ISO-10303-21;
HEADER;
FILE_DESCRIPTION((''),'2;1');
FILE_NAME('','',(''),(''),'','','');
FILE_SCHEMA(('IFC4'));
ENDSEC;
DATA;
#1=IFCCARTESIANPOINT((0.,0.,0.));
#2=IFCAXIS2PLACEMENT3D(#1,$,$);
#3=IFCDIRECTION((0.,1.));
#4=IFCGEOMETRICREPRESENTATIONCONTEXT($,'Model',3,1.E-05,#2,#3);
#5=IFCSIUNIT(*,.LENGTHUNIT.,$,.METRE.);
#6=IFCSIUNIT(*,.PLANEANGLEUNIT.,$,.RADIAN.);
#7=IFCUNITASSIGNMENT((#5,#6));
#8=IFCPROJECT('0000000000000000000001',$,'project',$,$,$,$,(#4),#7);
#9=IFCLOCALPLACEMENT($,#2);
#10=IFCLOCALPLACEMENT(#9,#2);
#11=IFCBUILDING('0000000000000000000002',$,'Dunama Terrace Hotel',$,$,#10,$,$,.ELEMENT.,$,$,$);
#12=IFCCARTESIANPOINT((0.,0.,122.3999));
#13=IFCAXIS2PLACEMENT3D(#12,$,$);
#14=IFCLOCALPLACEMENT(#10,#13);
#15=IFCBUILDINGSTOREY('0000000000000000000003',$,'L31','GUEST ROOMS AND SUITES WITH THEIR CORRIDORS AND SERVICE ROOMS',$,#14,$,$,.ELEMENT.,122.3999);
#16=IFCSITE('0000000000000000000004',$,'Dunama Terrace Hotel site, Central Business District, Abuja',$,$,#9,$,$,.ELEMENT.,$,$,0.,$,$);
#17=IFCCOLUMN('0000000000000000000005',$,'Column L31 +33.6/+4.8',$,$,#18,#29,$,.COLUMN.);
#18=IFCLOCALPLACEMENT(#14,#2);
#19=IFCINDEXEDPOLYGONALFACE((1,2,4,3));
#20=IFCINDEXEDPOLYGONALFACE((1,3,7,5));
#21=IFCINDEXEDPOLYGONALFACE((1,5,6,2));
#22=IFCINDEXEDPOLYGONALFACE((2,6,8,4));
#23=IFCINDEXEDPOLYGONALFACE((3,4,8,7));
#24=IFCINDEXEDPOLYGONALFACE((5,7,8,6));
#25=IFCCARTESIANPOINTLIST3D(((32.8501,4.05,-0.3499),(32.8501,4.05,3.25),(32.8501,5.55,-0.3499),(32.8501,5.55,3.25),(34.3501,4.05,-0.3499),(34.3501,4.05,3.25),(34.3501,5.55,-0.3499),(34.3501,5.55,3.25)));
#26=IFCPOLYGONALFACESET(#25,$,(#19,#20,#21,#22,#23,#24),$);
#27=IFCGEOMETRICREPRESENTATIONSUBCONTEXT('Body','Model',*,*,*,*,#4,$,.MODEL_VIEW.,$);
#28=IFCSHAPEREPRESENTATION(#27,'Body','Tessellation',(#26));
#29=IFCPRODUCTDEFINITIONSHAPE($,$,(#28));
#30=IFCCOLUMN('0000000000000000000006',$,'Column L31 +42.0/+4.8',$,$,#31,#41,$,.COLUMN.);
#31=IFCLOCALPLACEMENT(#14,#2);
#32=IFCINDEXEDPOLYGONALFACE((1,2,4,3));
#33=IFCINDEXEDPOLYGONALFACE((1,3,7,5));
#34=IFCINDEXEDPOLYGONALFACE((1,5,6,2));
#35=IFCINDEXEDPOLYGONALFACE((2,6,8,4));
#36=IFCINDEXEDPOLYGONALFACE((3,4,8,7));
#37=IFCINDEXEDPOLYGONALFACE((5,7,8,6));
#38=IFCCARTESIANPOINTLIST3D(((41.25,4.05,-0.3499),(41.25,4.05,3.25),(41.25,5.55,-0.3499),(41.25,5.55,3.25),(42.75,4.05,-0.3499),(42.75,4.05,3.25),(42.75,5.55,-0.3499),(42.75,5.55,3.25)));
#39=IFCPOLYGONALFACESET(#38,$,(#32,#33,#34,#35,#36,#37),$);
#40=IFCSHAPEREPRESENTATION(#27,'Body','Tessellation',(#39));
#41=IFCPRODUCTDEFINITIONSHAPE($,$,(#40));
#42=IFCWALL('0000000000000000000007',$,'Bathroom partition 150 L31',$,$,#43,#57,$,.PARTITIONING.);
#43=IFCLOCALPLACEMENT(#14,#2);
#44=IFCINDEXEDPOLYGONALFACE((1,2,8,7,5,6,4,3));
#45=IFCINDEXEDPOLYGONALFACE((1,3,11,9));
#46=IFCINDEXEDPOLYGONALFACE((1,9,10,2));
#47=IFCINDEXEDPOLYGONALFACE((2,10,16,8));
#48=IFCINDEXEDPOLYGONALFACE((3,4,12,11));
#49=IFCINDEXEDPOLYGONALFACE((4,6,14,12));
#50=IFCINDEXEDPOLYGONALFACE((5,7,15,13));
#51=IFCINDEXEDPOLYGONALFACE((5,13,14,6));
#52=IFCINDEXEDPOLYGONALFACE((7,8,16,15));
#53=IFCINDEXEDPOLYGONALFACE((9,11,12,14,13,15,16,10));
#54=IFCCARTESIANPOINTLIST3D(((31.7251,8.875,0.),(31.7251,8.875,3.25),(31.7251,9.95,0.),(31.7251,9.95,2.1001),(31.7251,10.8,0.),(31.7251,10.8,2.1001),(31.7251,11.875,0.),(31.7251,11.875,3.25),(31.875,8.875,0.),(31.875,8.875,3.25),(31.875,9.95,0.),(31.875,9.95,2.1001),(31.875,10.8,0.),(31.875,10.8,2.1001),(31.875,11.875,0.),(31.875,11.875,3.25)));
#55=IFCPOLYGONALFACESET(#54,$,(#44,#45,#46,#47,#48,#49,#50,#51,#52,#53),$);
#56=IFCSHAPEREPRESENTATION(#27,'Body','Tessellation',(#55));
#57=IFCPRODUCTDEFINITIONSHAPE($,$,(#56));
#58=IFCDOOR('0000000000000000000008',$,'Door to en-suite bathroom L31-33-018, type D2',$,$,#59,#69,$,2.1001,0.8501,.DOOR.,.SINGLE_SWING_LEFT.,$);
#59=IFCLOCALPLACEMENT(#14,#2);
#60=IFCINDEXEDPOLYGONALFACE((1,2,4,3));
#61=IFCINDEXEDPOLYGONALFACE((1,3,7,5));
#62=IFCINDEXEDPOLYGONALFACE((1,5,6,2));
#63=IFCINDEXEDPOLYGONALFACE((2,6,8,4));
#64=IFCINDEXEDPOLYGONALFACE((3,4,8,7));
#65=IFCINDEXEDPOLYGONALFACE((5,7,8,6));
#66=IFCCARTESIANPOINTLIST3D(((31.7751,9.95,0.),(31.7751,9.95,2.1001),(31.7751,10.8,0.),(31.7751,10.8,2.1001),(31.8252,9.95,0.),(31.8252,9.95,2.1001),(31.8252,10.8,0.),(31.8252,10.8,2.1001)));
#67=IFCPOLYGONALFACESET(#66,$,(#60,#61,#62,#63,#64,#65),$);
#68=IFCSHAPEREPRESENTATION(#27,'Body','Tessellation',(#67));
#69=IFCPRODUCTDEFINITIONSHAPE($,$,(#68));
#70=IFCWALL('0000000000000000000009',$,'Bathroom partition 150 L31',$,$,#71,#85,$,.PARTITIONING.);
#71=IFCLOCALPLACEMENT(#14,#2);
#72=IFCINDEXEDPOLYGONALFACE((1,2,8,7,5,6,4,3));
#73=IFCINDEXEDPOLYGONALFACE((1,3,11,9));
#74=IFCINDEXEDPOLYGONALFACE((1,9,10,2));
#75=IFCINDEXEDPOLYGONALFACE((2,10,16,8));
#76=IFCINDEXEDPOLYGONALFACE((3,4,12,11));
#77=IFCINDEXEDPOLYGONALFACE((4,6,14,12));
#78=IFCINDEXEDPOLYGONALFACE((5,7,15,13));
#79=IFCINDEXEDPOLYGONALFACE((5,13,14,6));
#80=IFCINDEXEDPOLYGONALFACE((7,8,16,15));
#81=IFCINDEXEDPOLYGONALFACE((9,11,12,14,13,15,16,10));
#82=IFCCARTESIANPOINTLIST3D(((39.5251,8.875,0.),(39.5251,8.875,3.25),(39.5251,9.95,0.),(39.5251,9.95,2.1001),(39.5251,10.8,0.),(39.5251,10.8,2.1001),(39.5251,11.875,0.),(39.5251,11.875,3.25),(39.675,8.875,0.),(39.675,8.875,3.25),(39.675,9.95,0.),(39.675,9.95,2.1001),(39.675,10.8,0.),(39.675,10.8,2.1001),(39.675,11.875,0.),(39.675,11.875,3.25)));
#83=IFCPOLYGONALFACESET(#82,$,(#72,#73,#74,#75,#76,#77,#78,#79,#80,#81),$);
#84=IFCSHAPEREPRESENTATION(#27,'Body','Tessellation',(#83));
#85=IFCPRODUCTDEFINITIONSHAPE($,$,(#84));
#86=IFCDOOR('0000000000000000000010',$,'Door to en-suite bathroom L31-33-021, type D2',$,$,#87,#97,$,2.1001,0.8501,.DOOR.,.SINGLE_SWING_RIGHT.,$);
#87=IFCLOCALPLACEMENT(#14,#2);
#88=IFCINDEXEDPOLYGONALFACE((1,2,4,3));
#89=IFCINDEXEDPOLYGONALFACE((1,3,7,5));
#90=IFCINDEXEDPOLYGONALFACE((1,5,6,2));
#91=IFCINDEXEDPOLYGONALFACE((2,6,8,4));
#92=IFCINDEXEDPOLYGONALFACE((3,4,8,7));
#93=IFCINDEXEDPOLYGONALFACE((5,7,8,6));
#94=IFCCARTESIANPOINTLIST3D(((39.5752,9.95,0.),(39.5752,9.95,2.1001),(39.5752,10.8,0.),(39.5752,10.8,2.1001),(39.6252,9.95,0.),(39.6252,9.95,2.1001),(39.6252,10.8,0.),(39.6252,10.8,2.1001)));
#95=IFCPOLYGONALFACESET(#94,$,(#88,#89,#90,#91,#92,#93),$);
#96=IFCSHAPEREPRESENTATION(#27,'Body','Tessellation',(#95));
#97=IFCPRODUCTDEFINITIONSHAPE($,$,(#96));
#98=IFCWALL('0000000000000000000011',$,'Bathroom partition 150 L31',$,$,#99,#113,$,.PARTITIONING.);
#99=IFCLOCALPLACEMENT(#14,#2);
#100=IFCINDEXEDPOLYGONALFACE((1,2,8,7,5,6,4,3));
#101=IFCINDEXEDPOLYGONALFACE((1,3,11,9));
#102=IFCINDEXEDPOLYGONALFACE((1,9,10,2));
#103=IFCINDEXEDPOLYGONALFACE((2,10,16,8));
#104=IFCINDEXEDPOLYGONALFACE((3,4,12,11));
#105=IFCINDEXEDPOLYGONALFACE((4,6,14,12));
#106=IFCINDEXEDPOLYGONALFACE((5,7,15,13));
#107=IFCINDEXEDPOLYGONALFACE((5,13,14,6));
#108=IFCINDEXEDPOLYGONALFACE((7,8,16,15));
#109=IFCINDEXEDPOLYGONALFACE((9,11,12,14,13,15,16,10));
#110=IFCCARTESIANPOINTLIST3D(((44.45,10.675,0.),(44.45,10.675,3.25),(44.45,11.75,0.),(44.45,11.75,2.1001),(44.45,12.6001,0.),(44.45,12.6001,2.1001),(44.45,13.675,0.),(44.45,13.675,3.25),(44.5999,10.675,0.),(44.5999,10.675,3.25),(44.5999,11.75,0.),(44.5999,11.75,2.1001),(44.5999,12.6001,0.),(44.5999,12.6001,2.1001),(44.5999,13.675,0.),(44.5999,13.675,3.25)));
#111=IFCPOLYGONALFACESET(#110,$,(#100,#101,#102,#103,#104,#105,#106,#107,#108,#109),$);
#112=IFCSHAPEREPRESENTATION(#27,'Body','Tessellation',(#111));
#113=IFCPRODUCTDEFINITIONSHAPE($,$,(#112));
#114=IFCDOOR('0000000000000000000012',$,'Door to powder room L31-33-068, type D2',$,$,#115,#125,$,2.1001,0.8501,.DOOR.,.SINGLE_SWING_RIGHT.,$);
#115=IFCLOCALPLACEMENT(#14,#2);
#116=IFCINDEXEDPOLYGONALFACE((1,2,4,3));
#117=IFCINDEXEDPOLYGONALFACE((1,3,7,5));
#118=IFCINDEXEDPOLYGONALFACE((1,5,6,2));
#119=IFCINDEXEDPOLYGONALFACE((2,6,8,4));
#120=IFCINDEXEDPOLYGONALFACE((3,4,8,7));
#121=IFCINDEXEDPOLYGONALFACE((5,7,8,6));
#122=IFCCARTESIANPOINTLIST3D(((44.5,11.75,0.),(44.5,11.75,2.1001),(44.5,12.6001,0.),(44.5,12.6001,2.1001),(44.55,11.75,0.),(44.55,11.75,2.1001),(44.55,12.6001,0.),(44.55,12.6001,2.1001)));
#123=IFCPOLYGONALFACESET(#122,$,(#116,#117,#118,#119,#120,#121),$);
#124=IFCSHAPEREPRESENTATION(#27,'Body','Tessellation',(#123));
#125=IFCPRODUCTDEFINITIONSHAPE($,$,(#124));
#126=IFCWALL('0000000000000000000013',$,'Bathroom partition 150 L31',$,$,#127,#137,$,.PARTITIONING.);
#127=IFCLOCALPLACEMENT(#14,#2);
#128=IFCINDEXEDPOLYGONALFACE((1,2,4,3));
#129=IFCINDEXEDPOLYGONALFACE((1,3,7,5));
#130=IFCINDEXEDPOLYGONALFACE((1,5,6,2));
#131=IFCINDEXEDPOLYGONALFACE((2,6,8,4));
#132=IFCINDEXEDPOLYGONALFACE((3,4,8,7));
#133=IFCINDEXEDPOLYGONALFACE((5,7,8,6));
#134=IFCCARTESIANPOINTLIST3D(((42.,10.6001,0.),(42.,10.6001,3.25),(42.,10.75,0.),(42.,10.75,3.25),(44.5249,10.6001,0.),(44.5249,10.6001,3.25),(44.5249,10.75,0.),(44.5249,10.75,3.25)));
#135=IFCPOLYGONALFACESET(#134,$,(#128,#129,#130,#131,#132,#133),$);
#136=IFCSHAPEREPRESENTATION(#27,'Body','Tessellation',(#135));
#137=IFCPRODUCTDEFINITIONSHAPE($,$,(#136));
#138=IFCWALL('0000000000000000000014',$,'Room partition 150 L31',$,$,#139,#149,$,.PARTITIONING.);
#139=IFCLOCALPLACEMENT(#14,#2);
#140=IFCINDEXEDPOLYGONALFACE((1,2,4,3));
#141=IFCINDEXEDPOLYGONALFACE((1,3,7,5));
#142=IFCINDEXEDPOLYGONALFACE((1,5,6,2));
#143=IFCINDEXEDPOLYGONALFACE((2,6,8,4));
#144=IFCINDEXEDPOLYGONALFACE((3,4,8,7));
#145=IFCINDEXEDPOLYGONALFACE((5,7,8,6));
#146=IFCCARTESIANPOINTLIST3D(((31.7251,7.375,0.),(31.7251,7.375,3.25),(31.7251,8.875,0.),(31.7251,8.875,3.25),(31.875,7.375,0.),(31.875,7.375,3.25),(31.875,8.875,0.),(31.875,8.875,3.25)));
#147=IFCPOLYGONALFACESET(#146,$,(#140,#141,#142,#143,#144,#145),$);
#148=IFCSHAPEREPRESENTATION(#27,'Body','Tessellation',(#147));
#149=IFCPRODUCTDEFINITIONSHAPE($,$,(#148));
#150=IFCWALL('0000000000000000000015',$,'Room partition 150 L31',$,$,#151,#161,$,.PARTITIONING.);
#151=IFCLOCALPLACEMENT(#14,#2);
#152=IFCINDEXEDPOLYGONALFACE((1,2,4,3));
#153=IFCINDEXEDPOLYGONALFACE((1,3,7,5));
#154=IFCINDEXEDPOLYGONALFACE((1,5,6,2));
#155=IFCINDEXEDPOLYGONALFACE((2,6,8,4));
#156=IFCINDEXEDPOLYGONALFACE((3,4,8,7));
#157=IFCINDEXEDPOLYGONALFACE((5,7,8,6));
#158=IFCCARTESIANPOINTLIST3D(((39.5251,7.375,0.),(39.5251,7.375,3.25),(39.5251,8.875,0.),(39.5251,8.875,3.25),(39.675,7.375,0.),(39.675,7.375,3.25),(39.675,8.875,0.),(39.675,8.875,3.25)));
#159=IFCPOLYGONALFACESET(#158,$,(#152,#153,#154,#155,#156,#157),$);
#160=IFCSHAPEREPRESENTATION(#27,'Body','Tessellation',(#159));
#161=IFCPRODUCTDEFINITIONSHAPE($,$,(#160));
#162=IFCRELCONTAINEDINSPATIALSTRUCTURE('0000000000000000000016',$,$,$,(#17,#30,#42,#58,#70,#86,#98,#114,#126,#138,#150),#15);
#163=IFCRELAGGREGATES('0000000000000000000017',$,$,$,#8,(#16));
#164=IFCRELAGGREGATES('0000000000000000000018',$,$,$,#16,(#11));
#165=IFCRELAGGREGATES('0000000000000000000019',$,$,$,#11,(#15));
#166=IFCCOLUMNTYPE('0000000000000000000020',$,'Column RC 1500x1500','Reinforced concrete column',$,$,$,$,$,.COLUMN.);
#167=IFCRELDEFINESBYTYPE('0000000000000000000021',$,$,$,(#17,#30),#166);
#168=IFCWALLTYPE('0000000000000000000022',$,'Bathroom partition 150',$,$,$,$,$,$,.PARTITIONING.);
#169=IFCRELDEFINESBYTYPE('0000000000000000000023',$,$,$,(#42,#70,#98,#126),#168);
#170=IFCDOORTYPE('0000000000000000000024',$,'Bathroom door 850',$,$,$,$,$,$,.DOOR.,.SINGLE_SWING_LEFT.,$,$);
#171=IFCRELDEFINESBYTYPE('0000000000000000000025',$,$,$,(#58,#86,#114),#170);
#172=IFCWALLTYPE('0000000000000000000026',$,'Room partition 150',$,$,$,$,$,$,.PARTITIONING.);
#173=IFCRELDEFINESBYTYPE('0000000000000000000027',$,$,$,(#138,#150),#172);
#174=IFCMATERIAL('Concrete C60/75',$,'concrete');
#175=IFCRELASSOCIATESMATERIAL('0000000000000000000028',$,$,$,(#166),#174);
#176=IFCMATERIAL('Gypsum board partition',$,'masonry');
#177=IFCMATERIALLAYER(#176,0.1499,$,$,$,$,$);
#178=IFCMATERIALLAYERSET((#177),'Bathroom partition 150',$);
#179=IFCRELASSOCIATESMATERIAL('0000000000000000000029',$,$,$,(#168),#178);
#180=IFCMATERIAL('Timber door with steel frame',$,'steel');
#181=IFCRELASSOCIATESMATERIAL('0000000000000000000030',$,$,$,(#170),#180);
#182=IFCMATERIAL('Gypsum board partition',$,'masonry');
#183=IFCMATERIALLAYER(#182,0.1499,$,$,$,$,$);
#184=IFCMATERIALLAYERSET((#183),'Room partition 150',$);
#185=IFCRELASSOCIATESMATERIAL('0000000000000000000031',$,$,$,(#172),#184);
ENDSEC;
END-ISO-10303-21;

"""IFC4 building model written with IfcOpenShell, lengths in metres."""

from ifc_helpers import new_model, si_unit, direction, frame, frame_2d, origin, origin_2d, place, context, subcontext, project, spatial, rectangle, extrude, material, layer, layer_set, material_profile, profile_set, type_object, element, fill, save


model = new_model("IFC4")

# Units and contexts
model_context = context("Model", 3, precision=1e-05, world=origin(), true_north=direction((0.0, 1.0)))
body_context = subcontext(model_context, "Body", "Model", "MODEL_VIEW")
ifc_project = project(units=[si_unit("LENGTHUNIT", "METRE"), si_unit("PLANEANGLEUNIT", "RADIAN")], contexts=[model_context])

# Site, building, storey
site_placement = place(None, origin())
site = spatial("IfcSite", under=ifc_project, at=site_placement, Name="Dunama Terrace Hotel site, Central Business District, Abuja", CompositionType="ELEMENT", RefElevation=0.0)
building_placement = place(site_placement, origin())
building = spatial("IfcBuilding", under=site, at=building_placement, Name="Dunama Terrace Hotel", CompositionType="ELEMENT")
storey_placement = place(building_placement, frame((0.0, 0.0, 122.3999)))
storey = spatial("IfcBuildingStorey", under=building, at=storey_placement, Name="L31", Description="GUEST ROOMS AND SUITES WITH THEIR CORRIDORS AND SERVICE ROOMS", CompositionType="ELEMENT", Elevation=122.3999)

# Columns
ifc_material_1 = material(Name="Concrete C60/75", Category="concrete")
ifc_material_profile = material_profile(ifc_material_1, rectangle(XDim=1.5, YDim=1.5, at=origin_2d()), Name="RC 1500x1500")
ifc_profile_set = profile_set([ifc_material_profile], Name="Concrete C60/75")
column_type = type_object("IfcColumnType", Name="Column RC 1500x1500", Description="Reinforced concrete column", PredefinedType="COLUMN", material=ifc_profile_set)
for number, where, z_axis, x_axis, name in (
    (1, (33.6001, 4.8, -0.3499), (0.0, 0.0, 1.0), (1.0, 0.0, 0.0), "Column L31 +33.6/+4.8"),
    (2, (42.0, 4.8, -0.3499), (0.0, 0.0, 1.0), (1.0, 0.0, 0.0), "Column L31 +42.0/+4.8"),
):
    element("IfcColumn", number, at=place(storey_placement, frame(where, z_axis=z_axis, x_axis=x_axis)), inside=storey, type_object=column_type, Name=name, PredefinedType="COLUMN", context=body_context, shape_type="SweptSolid", body=[
        extrude(rectangle(XDim=1.5, YDim=1.5, at=origin_2d()), origin(), (0.0, 0.0, 1.0), 3.5999),
    ])

# Walls, openings, doors
ifc_material_2 = material(Name="Gypsum board partition", Category="masonry")
ifc_layer_1 = layer(ifc_material_2, 0.1499)
ifc_layer_set_1 = layer_set([ifc_layer_1], Name="Bathroom partition 150")
wall_type_1 = type_object("IfcWallType", Name="Bathroom partition 150", PredefinedType="PARTITIONING", material=ifc_layer_set_1)
wall_1_placement = place(storey_placement, frame((31.8, 8.875, 0.0), z_axis=(0.0, 0.0, 1.0), x_axis=(0.0, 1.0, 0.0)))
wall_1 = element("IfcWall", 3, at=wall_1_placement, inside=storey, type_object=wall_type_1, Name="Bathroom partition 150 L31", PredefinedType="PARTITIONING", context=body_context, shape_type="SweptSolid", body=[
    extrude(rectangle(XDim=3.0, YDim=0.1499, at=frame_2d((1.5, 0.0))), origin(), (0.0, 0.0, 1.0), 3.25),
])
opening_1_placement = place(wall_1_placement, frame((1.075, 0.0, 0.0)))
opening_1 = element("IfcOpeningElement", 4, at=opening_1_placement, cuts=wall_1, PredefinedType="OPENING", context=body_context, shape_type="SweptSolid", body=[
    extrude(rectangle(XDim=0.8501, YDim=2.1001, at=frame_2d((0.425, 1.05))), frame((0.0, 0.085, 0.0), z_axis=(0.0, -1.0, 0.0), x_axis=(1.0, 0.0, 0.0)), (0.0, 0.0, 1.0), 0.1699),
])
ifc_material_3 = material(Name="Timber door with steel frame", Category="steel")
door_type_1 = type_object("IfcDoorType", Name="Bathroom door 850", OperationType="SINGLE_SWING_LEFT", PredefinedType="DOOR", material=ifc_material_3)
door_1_placement = place(opening_1_placement, origin())
door_1 = element("IfcDoor", 5, at=door_1_placement, inside=storey, type_object=door_type_1, Name="Door to en-suite bathroom L31-33-018, type D2", OperationType="SINGLE_SWING_LEFT", OverallHeight=2.1001, OverallWidth=0.8501, PredefinedType="DOOR", context=body_context, shape_type="SweptSolid", body=[
    extrude(rectangle(XDim=0.8501, YDim=2.1001, at=frame_2d((0.425, 1.05))), frame((0.0, 0.0249, 0.0), z_axis=(0.0, -1.0, 0.0), x_axis=(1.0, 0.0, 0.0)), (0.0, 0.0, 1.0), 0.05),
])
fill(opening_1, door_1)
wall_2_placement = place(storey_placement, frame((39.6001, 8.875, 0.0), z_axis=(0.0, 0.0, 1.0), x_axis=(0.0, 1.0, 0.0)))
wall_2 = element("IfcWall", 6, at=wall_2_placement, inside=storey, type_object=wall_type_1, Name="Bathroom partition 150 L31", PredefinedType="PARTITIONING", context=body_context, shape_type="SweptSolid", body=[
    extrude(rectangle(XDim=3.0, YDim=0.1499, at=frame_2d((1.5, 0.0))), origin(), (0.0, 0.0, 1.0), 3.25),
])
opening_2_placement = place(wall_2_placement, frame((1.075, 0.0, 0.0)))
opening_2 = element("IfcOpeningElement", 7, at=opening_2_placement, cuts=wall_2, PredefinedType="OPENING", context=body_context, shape_type="SweptSolid", body=[
    extrude(rectangle(XDim=0.8501, YDim=2.1001, at=frame_2d((0.425, 1.05))), frame((0.0, 0.085, 0.0), z_axis=(0.0, -1.0, 0.0), x_axis=(1.0, 0.0, 0.0)), (0.0, 0.0, 1.0), 0.1699),
])
door_2_placement = place(opening_2_placement, frame((0.8501, 0.0, 0.0), z_axis=(0.0, 0.0, 1.0), x_axis=(-1.0, 0.0, 0.0)))
door_2 = element("IfcDoor", 8, at=door_2_placement, inside=storey, type_object=door_type_1, Name="Door to en-suite bathroom L31-33-021, type D2", OperationType="SINGLE_SWING_RIGHT", OverallHeight=2.1001, OverallWidth=0.8501, PredefinedType="DOOR", context=body_context, shape_type="SweptSolid", body=[
    extrude(rectangle(XDim=0.8501, YDim=2.1001, at=frame_2d((0.425, 1.05))), frame((0.0, 0.0251, 0.0), z_axis=(0.0, -1.0, 0.0), x_axis=(1.0, 0.0, 0.0)), (0.0, 0.0, 1.0), 0.05),
])
fill(opening_2, door_2)
wall_3_placement = place(storey_placement, frame((44.5249, 10.675, 0.0), z_axis=(0.0, 0.0, 1.0), x_axis=(0.0, 1.0, 0.0)))
wall_3 = element("IfcWall", 9, at=wall_3_placement, inside=storey, type_object=wall_type_1, Name="Bathroom partition 150 L31", PredefinedType="PARTITIONING", context=body_context, shape_type="SweptSolid", body=[
    extrude(rectangle(XDim=3.0, YDim=0.1499, at=frame_2d((1.5, 0.0))), origin(), (0.0, 0.0, 1.0), 3.25),
])
opening_3_placement = place(wall_3_placement, frame((1.075, 0.0, 0.0)))
opening_3 = element("IfcOpeningElement", 10, at=opening_3_placement, cuts=wall_3, PredefinedType="OPENING", context=body_context, shape_type="SweptSolid", body=[
    extrude(rectangle(XDim=0.8501, YDim=2.1001, at=frame_2d((0.425, 1.05))), frame((0.0, 0.085, 0.0), z_axis=(0.0, -1.0, 0.0), x_axis=(1.0, 0.0, 0.0)), (0.0, 0.0, 1.0), 0.1699),
])
door_3_placement = place(opening_3_placement, origin())
door_3 = element("IfcDoor", 11, at=door_3_placement, inside=storey, type_object=door_type_1, Name="Door to powder room L31-33-068, type D2", OperationType="SINGLE_SWING_RIGHT", OverallHeight=2.1001, OverallWidth=0.8501, PredefinedType="DOOR", context=body_context, shape_type="SweptSolid", body=[
    extrude(rectangle(XDim=0.8501, YDim=2.1001, at=frame_2d((0.425, 1.05))), frame((0.0, 0.0249, 0.0), z_axis=(0.0, -1.0, 0.0), x_axis=(1.0, 0.0, 0.0)), (0.0, 0.0, 1.0), 0.05),
])
fill(opening_3, door_3)

# Walls
wall_4_placement = place(storey_placement, frame((42.0, 10.675, 0.0), z_axis=(0.0, 0.0, 1.0), x_axis=(1.0, 0.0, 0.0)))
element("IfcWall", 12, at=wall_4_placement, inside=storey, type_object=wall_type_1, Name="Bathroom partition 150 L31", PredefinedType="PARTITIONING", context=body_context, shape_type="SweptSolid", body=[
    extrude(rectangle(XDim=2.5249, YDim=0.1499, at=frame_2d((1.2625, 0.0))), origin(), (0.0, 0.0, 1.0), 3.25),
])
ifc_material_4 = material(Name="Gypsum board partition", Category="masonry")
ifc_layer_2 = layer(ifc_material_4, 0.1499)
ifc_layer_set_2 = layer_set([ifc_layer_2], Name="Room partition 150")
wall_type_2 = type_object("IfcWallType", Name="Room partition 150", PredefinedType="PARTITIONING", material=ifc_layer_set_2)
for number, where, z_axis, x_axis, name in (
    (13, (31.8, 7.375, 0.0), (0.0, 0.0, 1.0), (0.0, 1.0, 0.0), "Room partition 150 L31"),
    (14, (39.6001, 7.375, 0.0), (0.0, 0.0, 1.0), (0.0, 1.0, 0.0), "Room partition 150 L31"),
):
    element("IfcWall", number, at=place(storey_placement, frame(where, z_axis=z_axis, x_axis=x_axis)), inside=storey, type_object=wall_type_2, Name=name, PredefinedType="PARTITIONING", context=body_context, shape_type="SweptSolid", body=[
        extrude(rectangle(XDim=1.5, YDim=0.1499, at=frame_2d((0.75, 0.0))), origin(), (0.0, 0.0, 1.0), 3.25),
    ])

save(model, "model.ifc")
